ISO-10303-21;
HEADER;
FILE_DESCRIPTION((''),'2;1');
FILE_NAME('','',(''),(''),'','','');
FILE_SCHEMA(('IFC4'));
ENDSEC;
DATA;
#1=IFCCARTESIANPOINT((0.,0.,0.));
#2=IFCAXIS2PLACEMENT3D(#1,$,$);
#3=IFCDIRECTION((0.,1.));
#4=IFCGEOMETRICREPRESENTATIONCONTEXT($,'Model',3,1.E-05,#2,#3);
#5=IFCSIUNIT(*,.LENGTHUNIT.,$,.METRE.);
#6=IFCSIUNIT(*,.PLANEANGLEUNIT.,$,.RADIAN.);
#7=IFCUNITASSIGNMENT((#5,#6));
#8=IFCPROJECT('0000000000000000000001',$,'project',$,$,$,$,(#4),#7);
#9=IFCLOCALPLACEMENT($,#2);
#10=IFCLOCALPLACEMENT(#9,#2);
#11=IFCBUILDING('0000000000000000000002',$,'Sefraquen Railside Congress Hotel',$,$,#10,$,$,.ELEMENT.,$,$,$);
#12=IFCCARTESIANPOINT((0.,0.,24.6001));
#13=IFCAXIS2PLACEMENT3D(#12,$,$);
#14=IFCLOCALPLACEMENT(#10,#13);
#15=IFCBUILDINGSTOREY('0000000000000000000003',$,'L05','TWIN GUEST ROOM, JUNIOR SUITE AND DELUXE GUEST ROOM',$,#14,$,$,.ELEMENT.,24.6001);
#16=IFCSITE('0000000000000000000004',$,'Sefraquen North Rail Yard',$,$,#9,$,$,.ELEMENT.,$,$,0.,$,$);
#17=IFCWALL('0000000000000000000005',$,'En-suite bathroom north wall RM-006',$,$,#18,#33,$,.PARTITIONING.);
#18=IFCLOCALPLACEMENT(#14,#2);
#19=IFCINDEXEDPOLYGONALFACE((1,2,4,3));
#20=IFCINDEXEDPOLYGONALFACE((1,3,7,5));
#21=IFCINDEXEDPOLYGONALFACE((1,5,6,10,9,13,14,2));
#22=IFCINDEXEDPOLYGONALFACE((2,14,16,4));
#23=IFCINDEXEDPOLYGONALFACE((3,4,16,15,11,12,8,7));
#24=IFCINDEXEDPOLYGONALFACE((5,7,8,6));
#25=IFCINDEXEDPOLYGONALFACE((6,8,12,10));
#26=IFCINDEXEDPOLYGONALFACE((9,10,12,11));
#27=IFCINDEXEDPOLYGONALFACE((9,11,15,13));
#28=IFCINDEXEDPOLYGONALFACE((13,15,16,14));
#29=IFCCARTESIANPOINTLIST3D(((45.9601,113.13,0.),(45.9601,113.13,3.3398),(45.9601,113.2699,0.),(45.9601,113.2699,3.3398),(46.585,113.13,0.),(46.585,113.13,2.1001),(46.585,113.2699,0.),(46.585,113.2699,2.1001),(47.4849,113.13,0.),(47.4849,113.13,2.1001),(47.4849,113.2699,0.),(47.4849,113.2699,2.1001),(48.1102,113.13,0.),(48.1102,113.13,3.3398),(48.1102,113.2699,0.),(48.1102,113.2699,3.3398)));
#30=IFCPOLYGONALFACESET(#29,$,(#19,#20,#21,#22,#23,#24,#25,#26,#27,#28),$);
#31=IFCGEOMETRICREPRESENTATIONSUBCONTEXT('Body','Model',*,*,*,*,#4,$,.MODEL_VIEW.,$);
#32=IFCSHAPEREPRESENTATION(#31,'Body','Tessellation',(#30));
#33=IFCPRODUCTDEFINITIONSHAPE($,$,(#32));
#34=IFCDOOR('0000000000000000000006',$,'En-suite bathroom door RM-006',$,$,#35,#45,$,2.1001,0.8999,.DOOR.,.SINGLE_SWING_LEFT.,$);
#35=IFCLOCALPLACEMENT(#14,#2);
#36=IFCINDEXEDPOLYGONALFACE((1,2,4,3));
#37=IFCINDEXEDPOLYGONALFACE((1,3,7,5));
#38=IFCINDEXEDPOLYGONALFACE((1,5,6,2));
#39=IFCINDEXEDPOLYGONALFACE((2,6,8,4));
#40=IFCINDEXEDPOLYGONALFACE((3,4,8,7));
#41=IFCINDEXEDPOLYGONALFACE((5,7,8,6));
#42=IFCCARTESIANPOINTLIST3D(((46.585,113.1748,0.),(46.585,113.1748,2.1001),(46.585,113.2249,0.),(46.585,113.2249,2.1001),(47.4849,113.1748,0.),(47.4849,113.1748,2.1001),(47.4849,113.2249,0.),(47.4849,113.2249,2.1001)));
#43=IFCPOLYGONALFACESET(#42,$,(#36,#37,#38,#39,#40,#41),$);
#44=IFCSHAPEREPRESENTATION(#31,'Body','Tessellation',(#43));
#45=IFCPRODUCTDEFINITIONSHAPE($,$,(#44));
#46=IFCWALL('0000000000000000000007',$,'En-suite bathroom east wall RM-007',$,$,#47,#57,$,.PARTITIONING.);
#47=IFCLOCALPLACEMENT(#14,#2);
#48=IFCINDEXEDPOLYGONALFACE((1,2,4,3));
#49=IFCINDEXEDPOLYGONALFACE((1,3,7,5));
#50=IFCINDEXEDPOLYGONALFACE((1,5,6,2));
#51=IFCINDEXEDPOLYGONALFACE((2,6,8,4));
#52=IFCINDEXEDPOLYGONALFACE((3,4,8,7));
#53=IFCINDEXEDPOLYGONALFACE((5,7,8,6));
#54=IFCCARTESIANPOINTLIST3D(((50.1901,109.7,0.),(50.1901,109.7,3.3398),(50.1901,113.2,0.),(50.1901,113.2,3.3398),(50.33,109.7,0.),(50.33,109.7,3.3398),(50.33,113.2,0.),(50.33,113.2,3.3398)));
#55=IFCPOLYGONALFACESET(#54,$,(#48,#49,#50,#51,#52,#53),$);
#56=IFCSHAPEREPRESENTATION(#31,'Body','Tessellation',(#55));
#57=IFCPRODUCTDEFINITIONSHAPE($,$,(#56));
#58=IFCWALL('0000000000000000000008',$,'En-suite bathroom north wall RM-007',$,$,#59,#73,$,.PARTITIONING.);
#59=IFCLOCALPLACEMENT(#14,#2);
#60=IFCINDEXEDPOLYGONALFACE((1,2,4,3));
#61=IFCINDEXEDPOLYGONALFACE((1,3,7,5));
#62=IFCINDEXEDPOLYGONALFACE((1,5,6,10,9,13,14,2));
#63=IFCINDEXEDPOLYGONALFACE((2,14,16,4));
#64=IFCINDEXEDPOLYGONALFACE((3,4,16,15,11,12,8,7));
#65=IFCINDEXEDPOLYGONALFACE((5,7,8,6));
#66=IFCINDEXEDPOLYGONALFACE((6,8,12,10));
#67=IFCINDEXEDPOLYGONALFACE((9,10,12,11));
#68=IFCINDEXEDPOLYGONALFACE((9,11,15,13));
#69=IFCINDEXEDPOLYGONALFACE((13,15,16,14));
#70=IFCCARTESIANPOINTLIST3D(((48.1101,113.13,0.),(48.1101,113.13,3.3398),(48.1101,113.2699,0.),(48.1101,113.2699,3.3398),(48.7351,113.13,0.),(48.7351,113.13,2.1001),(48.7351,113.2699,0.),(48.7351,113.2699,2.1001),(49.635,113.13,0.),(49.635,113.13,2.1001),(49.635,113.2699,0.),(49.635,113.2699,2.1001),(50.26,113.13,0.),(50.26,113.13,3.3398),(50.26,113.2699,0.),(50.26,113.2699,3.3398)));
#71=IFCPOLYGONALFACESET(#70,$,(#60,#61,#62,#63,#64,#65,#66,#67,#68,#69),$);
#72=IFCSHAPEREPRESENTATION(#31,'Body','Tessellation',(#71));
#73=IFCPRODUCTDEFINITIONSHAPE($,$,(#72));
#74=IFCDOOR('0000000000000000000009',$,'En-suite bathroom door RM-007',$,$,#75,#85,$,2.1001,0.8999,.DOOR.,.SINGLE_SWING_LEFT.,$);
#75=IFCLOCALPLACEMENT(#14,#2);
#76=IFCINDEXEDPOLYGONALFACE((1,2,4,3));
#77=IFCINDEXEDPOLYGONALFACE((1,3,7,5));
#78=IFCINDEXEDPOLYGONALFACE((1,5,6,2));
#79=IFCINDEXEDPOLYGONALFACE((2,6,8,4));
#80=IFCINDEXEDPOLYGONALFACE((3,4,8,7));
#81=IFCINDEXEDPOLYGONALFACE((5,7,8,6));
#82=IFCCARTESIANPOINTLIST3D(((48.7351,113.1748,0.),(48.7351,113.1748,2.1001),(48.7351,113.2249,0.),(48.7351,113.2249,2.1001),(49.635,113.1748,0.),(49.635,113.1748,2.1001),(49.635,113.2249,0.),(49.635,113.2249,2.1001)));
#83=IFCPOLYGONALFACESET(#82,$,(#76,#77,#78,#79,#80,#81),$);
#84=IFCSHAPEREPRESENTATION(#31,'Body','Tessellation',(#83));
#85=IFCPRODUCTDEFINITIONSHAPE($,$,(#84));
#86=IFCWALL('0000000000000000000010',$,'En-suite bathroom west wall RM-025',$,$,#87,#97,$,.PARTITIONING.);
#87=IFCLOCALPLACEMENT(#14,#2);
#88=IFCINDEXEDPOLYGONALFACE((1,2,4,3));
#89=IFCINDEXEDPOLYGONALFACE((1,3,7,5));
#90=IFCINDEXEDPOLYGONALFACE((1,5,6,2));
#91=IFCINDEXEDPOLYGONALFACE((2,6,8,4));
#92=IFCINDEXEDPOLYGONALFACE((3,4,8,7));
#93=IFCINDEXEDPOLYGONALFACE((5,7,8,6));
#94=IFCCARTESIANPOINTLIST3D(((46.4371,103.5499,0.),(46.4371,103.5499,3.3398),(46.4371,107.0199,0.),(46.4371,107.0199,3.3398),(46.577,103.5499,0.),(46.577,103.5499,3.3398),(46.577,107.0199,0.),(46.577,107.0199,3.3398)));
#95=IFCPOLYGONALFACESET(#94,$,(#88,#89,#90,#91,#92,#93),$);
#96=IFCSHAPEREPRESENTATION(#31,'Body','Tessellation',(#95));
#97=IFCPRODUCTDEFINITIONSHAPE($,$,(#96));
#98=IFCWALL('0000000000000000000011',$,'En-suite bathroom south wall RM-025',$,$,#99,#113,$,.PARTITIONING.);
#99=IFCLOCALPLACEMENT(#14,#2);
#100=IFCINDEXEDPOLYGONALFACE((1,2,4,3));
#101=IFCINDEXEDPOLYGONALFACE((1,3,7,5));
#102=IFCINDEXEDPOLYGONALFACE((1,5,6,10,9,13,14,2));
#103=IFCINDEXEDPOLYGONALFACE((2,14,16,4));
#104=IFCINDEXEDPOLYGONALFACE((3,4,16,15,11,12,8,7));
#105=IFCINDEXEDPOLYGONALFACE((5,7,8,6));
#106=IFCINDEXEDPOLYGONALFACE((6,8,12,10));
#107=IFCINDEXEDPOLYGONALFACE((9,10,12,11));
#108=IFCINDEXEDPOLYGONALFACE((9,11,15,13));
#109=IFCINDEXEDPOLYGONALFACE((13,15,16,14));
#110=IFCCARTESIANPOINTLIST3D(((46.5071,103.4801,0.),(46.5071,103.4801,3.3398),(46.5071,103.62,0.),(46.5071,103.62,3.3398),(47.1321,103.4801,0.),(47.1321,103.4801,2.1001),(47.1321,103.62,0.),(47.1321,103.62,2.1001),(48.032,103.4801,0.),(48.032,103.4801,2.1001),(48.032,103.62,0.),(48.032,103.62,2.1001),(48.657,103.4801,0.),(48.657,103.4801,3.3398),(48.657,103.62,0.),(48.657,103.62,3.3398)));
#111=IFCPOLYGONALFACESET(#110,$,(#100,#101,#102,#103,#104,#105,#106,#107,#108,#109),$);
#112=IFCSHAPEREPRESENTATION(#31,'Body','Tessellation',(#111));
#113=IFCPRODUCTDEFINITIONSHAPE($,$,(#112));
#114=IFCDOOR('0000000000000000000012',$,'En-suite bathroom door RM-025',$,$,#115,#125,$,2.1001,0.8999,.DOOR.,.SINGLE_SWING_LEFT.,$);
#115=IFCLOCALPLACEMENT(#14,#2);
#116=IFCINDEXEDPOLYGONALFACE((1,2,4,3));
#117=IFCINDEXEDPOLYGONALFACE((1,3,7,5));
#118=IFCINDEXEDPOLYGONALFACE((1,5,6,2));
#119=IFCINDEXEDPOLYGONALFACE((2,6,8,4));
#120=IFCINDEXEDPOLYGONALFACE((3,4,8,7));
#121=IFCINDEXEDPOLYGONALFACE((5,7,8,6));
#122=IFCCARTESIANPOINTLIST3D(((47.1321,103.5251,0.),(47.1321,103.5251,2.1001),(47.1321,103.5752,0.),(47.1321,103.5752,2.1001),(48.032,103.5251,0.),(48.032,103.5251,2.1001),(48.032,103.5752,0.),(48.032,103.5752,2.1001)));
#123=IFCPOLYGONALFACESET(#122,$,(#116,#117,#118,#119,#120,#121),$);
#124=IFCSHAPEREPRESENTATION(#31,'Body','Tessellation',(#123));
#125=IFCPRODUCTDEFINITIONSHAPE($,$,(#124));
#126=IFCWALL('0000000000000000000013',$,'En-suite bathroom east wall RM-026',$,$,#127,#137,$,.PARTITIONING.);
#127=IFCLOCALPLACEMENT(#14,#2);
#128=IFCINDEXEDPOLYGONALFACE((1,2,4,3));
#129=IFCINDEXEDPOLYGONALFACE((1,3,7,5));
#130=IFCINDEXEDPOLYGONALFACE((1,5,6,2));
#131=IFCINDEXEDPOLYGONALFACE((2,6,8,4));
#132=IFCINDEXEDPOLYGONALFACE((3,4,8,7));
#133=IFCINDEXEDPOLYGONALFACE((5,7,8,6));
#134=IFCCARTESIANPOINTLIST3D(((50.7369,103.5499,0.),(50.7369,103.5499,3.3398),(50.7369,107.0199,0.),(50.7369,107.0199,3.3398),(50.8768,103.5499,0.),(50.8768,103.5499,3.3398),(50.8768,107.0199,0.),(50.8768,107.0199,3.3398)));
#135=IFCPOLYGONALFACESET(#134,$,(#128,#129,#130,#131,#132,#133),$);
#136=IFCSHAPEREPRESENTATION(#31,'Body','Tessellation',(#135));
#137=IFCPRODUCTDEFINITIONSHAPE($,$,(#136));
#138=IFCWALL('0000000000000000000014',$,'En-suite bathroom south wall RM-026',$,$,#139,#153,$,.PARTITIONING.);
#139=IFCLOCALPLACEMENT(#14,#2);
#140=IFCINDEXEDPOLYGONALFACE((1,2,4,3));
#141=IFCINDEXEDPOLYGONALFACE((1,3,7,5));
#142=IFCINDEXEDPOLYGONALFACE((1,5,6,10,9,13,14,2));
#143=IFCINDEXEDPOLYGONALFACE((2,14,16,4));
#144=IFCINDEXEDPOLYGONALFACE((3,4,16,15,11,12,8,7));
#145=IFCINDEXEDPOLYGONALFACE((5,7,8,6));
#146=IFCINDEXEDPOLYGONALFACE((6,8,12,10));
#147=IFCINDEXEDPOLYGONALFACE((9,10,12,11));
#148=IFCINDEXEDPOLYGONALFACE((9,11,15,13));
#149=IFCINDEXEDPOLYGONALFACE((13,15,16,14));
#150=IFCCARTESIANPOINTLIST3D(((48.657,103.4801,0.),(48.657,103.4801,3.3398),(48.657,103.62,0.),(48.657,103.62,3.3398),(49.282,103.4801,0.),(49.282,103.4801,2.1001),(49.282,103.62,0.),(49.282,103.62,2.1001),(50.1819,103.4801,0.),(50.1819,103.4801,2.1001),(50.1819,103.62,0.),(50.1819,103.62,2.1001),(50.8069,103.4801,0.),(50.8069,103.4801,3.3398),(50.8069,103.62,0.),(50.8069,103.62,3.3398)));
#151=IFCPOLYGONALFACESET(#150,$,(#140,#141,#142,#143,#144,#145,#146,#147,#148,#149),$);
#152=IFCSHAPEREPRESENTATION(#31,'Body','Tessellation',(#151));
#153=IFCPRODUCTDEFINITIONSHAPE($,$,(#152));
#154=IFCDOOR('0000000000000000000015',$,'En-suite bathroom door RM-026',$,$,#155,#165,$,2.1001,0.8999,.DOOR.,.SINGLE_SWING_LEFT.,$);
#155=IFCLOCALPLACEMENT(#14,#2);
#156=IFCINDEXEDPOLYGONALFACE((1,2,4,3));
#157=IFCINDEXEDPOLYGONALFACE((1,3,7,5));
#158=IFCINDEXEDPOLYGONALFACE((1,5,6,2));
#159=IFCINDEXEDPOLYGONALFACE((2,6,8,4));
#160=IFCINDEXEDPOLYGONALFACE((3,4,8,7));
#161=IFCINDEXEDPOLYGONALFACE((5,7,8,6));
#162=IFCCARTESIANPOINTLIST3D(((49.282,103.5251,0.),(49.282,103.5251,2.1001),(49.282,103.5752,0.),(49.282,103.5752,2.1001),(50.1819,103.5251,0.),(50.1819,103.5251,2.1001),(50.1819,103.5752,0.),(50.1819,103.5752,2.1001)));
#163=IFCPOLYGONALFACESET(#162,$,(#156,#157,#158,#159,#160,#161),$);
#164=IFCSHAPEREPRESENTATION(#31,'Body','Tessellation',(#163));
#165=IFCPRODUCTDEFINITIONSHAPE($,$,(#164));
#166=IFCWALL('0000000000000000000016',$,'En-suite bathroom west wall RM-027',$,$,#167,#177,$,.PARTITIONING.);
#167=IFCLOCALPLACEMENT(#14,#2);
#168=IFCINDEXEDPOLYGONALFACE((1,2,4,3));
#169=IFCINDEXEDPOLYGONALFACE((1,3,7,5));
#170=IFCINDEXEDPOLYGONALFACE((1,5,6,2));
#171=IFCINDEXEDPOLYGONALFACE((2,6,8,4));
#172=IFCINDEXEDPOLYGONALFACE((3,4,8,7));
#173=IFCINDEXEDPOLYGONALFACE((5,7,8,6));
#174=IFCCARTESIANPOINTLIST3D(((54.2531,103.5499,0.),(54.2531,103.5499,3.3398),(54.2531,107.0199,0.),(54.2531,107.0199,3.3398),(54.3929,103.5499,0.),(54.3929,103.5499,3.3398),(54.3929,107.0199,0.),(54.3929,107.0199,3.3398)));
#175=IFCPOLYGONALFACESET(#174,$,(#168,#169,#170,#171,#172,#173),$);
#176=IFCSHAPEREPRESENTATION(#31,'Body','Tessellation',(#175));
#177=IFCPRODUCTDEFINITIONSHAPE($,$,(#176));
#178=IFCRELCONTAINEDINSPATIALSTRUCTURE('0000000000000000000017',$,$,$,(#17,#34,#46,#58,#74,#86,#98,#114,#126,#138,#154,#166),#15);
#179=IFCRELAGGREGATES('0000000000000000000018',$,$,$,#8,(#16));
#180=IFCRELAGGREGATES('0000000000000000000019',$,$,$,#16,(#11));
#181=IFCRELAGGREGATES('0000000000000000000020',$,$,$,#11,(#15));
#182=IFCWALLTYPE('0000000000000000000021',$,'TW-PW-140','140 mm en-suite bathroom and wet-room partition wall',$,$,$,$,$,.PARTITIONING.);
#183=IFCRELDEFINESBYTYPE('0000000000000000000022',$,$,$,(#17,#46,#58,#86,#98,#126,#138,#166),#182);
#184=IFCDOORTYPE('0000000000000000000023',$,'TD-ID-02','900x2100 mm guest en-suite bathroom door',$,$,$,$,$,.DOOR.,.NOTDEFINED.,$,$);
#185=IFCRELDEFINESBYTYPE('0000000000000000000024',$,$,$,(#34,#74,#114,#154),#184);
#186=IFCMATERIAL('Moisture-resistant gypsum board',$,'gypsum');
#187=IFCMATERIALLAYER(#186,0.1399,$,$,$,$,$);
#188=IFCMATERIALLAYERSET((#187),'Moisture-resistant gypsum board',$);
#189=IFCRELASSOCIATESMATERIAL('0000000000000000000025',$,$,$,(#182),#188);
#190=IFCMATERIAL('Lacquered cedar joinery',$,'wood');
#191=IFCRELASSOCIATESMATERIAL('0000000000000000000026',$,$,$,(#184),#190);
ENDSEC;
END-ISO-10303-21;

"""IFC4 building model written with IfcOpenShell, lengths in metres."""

from ifc_helpers import new_model, si_unit, direction, frame, frame_2d, origin, place, context, subcontext, project, spatial, rectangle, extrude, material, layer, layer_set, type_object, element, fill, save


model = new_model("IFC4")

# Units and contexts
model_context = context("Model", 3, precision=1e-05, world=origin(), true_north=direction((0.0, 1.0)))
body_context = subcontext(model_context, "Body", "Model", "MODEL_VIEW")
ifc_project = project(units=[si_unit("LENGTHUNIT", "METRE"), si_unit("PLANEANGLEUNIT", "RADIAN")], contexts=[model_context])

# Site, building, storey
site_placement = place(None, origin())
site = spatial("IfcSite", under=ifc_project, at=site_placement, Name="Sefraquen North Rail Yard", CompositionType="ELEMENT", RefElevation=0.0)
building_placement = place(site_placement, origin())
building = spatial("IfcBuilding", under=site, at=building_placement, Name="Sefraquen Railside Congress Hotel", CompositionType="ELEMENT")
storey_placement = place(building_placement, frame((0.0, 0.0, 24.6001)))
storey = spatial("IfcBuildingStorey", under=building, at=storey_placement, Name="L05", Description="TWIN GUEST ROOM, JUNIOR SUITE AND DELUXE GUEST ROOM", CompositionType="ELEMENT", Elevation=24.6001)

# Shared definitions
ifc_material_1 = material(Name="Moisture-resistant gypsum board", Category="gypsum")
ifc_layer_1 = layer(ifc_material_1, 0.1399)
ifc_layer_set_1 = layer_set([ifc_layer_1], Name="Moisture-resistant gypsum board")
wall_type_1 = type_object("IfcWallType", Name="TW-PW-140", Description="140 mm en-suite bathroom and wet-room partition wall", PredefinedType="PARTITIONING", material=ifc_layer_set_1)

# Wall, opening, door
wall_1_placement = place(storey_placement, frame((45.96, 113.2, 0.0), z_axis=(0.0, 0.0, 1.0), x_axis=(1.0, 0.0, 0.0)))
wall_1 = element("IfcWall", 1, at=wall_1_placement, inside=storey, type_object=wall_type_1, Name="En-suite bathroom north wall RM-006", PredefinedType="PARTITIONING", context=body_context, shape_type="SweptSolid", body=[
    extrude(rectangle(XDim=2.1501, YDim=0.1399, at=frame_2d((1.0752, 0.0))), origin(), (0.0, 0.0, 1.0), 3.3398),
])
opening_1_placement = place(wall_1_placement, frame((0.625, 0.0, 0.0)))
opening_1 = element("IfcOpeningElement", 2, at=opening_1_placement, cuts=wall_1, PredefinedType="OPENING", context=body_context, shape_type="SweptSolid", body=[
    extrude(rectangle(XDim=0.8999, YDim=2.1001, at=frame_2d((0.45, 1.05))), frame((0.0, 0.0798, 0.0), z_axis=(0.0, -1.0, 0.0), x_axis=(1.0, 0.0, 0.0)), (0.0, 0.0, 1.0), 0.1599),
])
ifc_material_2 = material(Name="Lacquered cedar joinery", Category="wood")
door_type = type_object("IfcDoorType", Name="TD-ID-02", Description="900x2100 mm guest en-suite bathroom door", OperationType="NOTDEFINED", PredefinedType="DOOR", material=ifc_material_2)
door_1_placement = place(opening_1_placement, origin())
door_1 = element("IfcDoor", 3, at=door_1_placement, inside=storey, type_object=door_type, Name="En-suite bathroom door RM-006", OperationType="SINGLE_SWING_LEFT", OverallHeight=2.1001, OverallWidth=0.8999, PredefinedType="DOOR", context=body_context, shape_type="SweptSolid", body=[
    extrude(rectangle(XDim=0.8999, YDim=2.1001, at=frame_2d((0.45, 1.05))), frame((0.0, 0.0249, 0.0), z_axis=(0.0, -1.0, 0.0), x_axis=(1.0, 0.0, 0.0)), (0.0, 0.0, 1.0), 0.05),
])
fill(opening_1, door_1)

# Wall
wall_2_placement = place(storey_placement, frame((50.26, 109.7, 0.0), z_axis=(0.0, 0.0, 1.0), x_axis=(0.0, 1.0, 0.0)))
element("IfcWall", 4, at=wall_2_placement, inside=storey, type_object=wall_type_1, Name="En-suite bathroom east wall RM-007", PredefinedType="PARTITIONING", context=body_context, shape_type="SweptSolid", body=[
    extrude(rectangle(XDim=3.5, YDim=0.1399, at=frame_2d((1.75, 0.0))), origin(), (0.0, 0.0, 1.0), 3.3398),
])

# Wall, opening, door
wall_3_placement = place(storey_placement, frame((48.1101, 113.2, 0.0), z_axis=(0.0, 0.0, 1.0), x_axis=(1.0, 0.0, 0.0)))
wall_3 = element("IfcWall", 5, at=wall_3_placement, inside=storey, type_object=wall_type_1, Name="En-suite bathroom north wall RM-007", PredefinedType="PARTITIONING", context=body_context, shape_type="SweptSolid", body=[
    extrude(rectangle(XDim=2.1499, YDim=0.1399, at=frame_2d((1.075, 0.0))), origin(), (0.0, 0.0, 1.0), 3.3398),
])
opening_2_placement = place(wall_3_placement, frame((0.625, 0.0, 0.0)))
opening_2 = element("IfcOpeningElement", 6, at=opening_2_placement, cuts=wall_3, PredefinedType="OPENING", context=body_context, shape_type="SweptSolid", body=[
    extrude(rectangle(XDim=0.8999, YDim=2.1001, at=frame_2d((0.45, 1.05))), frame((0.0, 0.0798, 0.0), z_axis=(0.0, -1.0, 0.0), x_axis=(1.0, 0.0, 0.0)), (0.0, 0.0, 1.0), 0.1599),
])
door_2_placement = place(opening_2_placement, origin())
door_2 = element("IfcDoor", 7, at=door_2_placement, inside=storey, type_object=door_type, Name="En-suite bathroom door RM-007", OperationType="SINGLE_SWING_LEFT", OverallHeight=2.1001, OverallWidth=0.8999, PredefinedType="DOOR", context=body_context, shape_type="SweptSolid", body=[
    extrude(rectangle(XDim=0.8999, YDim=2.1001, at=frame_2d((0.45, 1.05))), frame((0.0, 0.0249, 0.0), z_axis=(0.0, -1.0, 0.0), x_axis=(1.0, 0.0, 0.0)), (0.0, 0.0, 1.0), 0.05),
])
fill(opening_2, door_2)

# Wall
wall_4_placement = place(storey_placement, frame((46.5071, 103.55, 0.0), z_axis=(0.0, 0.0, 1.0), x_axis=(0.0, 1.0, 0.0)))
element("IfcWall", 8, at=wall_4_placement, inside=storey, type_object=wall_type_1, Name="En-suite bathroom west wall RM-025", PredefinedType="PARTITIONING", context=body_context, shape_type="SweptSolid", body=[
    extrude(rectangle(XDim=3.47, YDim=0.1399, at=frame_2d((1.7349, 0.0))), origin(), (0.0, 0.0, 1.0), 3.3398),
])

# Wall, opening, door
wall_5_placement = place(storey_placement, frame((46.5071, 103.55, 0.0), z_axis=(0.0, 0.0, 1.0), x_axis=(1.0, 0.0, 0.0)))
wall_5 = element("IfcWall", 9, at=wall_5_placement, inside=storey, type_object=wall_type_1, Name="En-suite bathroom south wall RM-025", PredefinedType="PARTITIONING", context=body_context, shape_type="SweptSolid", body=[
    extrude(rectangle(XDim=2.1499, YDim=0.1399, at=frame_2d((1.075, 0.0))), origin(), (0.0, 0.0, 1.0), 3.3398),
])
opening_3_placement = place(wall_5_placement, frame((0.625, 0.0, 0.0)))
opening_3 = element("IfcOpeningElement", 10, at=opening_3_placement, cuts=wall_5, PredefinedType="OPENING", context=body_context, shape_type="SweptSolid", body=[
    extrude(rectangle(XDim=0.8999, YDim=2.1001, at=frame_2d((0.45, 1.05))), frame((0.0, 0.0798, 0.0), z_axis=(0.0, -1.0, 0.0), x_axis=(1.0, 0.0, 0.0)), (0.0, 0.0, 1.0), 0.1599),
])
door_3_placement = place(opening_3_placement, frame((0.8999, 0.0, 0.0), z_axis=(0.0, 0.0, 1.0), x_axis=(-1.0, 0.0, 0.0)))
door_3 = element("IfcDoor", 11, at=door_3_placement, inside=storey, type_object=door_type, Name="En-suite bathroom door RM-025", OperationType="SINGLE_SWING_LEFT", OverallHeight=2.1001, OverallWidth=0.8999, PredefinedType="DOOR", context=body_context, shape_type="SweptSolid", body=[
    extrude(rectangle(XDim=0.8999, YDim=2.1001, at=frame_2d((0.45, 1.05))), frame((0.0, 0.0249, 0.0), z_axis=(0.0, -1.0, 0.0), x_axis=(1.0, 0.0, 0.0)), (0.0, 0.0, 1.0), 0.05),
])
fill(opening_3, door_3)

# Wall
wall_6_placement = place(storey_placement, frame((50.8069, 103.55, 0.0), z_axis=(0.0, 0.0, 1.0), x_axis=(0.0, 1.0, 0.0)))
element("IfcWall", 12, at=wall_6_placement, inside=storey, type_object=wall_type_1, Name="En-suite bathroom east wall RM-026", PredefinedType="PARTITIONING", context=body_context, shape_type="SweptSolid", body=[
    extrude(rectangle(XDim=3.47, YDim=0.1399, at=frame_2d((1.7349, 0.0))), origin(), (0.0, 0.0, 1.0), 3.3398),
])

# Wall, opening, door
wall_7_placement = place(storey_placement, frame((48.657, 103.55, 0.0), z_axis=(0.0, 0.0, 1.0), x_axis=(1.0, 0.0, 0.0)))
wall_7 = element("IfcWall", 13, at=wall_7_placement, inside=storey, type_object=wall_type_1, Name="En-suite bathroom south wall RM-026", PredefinedType="PARTITIONING", context=body_context, shape_type="SweptSolid", body=[
    extrude(rectangle(XDim=2.1499, YDim=0.1399, at=frame_2d((1.075, 0.0))), origin(), (0.0, 0.0, 1.0), 3.3398),
])
opening_4_placement = place(wall_7_placement, frame((0.625, 0.0, 0.0)))
opening_4 = element("IfcOpeningElement", 14, at=opening_4_placement, cuts=wall_7, PredefinedType="OPENING", context=body_context, shape_type="SweptSolid", body=[
    extrude(rectangle(XDim=0.8999, YDim=2.1001, at=frame_2d((0.45, 1.05))), frame((0.0, 0.0798, 0.0), z_axis=(0.0, -1.0, 0.0), x_axis=(1.0, 0.0, 0.0)), (0.0, 0.0, 1.0), 0.1599),
])
door_4_placement = place(opening_4_placement, frame((0.8999, 0.0, 0.0), z_axis=(0.0, 0.0, 1.0), x_axis=(-1.0, 0.0, 0.0)))
door_4 = element("IfcDoor", 15, at=door_4_placement, inside=storey, type_object=door_type, Name="En-suite bathroom door RM-026", OperationType="SINGLE_SWING_LEFT", OverallHeight=2.1001, OverallWidth=0.8999, PredefinedType="DOOR", context=body_context, shape_type="SweptSolid", body=[
    extrude(rectangle(XDim=0.8999, YDim=2.1001, at=frame_2d((0.45, 1.05))), frame((0.0, 0.0249, 0.0), z_axis=(0.0, -1.0, 0.0), x_axis=(1.0, 0.0, 0.0)), (0.0, 0.0, 1.0), 0.05),
])
fill(opening_4, door_4)

# Wall
wall_8_placement = place(storey_placement, frame((54.323, 103.55, 0.0), z_axis=(0.0, 0.0, 1.0), x_axis=(0.0, 1.0, 0.0)))
element("IfcWall", 16, at=wall_8_placement, inside=storey, type_object=wall_type_1, Name="En-suite bathroom west wall RM-027", PredefinedType="PARTITIONING", context=body_context, shape_type="SweptSolid", body=[
    extrude(rectangle(XDim=3.47, YDim=0.1399, at=frame_2d((1.7349, 0.0))), origin(), (0.0, 0.0, 1.0), 3.3398),
])

save(model, "model.ifc")
